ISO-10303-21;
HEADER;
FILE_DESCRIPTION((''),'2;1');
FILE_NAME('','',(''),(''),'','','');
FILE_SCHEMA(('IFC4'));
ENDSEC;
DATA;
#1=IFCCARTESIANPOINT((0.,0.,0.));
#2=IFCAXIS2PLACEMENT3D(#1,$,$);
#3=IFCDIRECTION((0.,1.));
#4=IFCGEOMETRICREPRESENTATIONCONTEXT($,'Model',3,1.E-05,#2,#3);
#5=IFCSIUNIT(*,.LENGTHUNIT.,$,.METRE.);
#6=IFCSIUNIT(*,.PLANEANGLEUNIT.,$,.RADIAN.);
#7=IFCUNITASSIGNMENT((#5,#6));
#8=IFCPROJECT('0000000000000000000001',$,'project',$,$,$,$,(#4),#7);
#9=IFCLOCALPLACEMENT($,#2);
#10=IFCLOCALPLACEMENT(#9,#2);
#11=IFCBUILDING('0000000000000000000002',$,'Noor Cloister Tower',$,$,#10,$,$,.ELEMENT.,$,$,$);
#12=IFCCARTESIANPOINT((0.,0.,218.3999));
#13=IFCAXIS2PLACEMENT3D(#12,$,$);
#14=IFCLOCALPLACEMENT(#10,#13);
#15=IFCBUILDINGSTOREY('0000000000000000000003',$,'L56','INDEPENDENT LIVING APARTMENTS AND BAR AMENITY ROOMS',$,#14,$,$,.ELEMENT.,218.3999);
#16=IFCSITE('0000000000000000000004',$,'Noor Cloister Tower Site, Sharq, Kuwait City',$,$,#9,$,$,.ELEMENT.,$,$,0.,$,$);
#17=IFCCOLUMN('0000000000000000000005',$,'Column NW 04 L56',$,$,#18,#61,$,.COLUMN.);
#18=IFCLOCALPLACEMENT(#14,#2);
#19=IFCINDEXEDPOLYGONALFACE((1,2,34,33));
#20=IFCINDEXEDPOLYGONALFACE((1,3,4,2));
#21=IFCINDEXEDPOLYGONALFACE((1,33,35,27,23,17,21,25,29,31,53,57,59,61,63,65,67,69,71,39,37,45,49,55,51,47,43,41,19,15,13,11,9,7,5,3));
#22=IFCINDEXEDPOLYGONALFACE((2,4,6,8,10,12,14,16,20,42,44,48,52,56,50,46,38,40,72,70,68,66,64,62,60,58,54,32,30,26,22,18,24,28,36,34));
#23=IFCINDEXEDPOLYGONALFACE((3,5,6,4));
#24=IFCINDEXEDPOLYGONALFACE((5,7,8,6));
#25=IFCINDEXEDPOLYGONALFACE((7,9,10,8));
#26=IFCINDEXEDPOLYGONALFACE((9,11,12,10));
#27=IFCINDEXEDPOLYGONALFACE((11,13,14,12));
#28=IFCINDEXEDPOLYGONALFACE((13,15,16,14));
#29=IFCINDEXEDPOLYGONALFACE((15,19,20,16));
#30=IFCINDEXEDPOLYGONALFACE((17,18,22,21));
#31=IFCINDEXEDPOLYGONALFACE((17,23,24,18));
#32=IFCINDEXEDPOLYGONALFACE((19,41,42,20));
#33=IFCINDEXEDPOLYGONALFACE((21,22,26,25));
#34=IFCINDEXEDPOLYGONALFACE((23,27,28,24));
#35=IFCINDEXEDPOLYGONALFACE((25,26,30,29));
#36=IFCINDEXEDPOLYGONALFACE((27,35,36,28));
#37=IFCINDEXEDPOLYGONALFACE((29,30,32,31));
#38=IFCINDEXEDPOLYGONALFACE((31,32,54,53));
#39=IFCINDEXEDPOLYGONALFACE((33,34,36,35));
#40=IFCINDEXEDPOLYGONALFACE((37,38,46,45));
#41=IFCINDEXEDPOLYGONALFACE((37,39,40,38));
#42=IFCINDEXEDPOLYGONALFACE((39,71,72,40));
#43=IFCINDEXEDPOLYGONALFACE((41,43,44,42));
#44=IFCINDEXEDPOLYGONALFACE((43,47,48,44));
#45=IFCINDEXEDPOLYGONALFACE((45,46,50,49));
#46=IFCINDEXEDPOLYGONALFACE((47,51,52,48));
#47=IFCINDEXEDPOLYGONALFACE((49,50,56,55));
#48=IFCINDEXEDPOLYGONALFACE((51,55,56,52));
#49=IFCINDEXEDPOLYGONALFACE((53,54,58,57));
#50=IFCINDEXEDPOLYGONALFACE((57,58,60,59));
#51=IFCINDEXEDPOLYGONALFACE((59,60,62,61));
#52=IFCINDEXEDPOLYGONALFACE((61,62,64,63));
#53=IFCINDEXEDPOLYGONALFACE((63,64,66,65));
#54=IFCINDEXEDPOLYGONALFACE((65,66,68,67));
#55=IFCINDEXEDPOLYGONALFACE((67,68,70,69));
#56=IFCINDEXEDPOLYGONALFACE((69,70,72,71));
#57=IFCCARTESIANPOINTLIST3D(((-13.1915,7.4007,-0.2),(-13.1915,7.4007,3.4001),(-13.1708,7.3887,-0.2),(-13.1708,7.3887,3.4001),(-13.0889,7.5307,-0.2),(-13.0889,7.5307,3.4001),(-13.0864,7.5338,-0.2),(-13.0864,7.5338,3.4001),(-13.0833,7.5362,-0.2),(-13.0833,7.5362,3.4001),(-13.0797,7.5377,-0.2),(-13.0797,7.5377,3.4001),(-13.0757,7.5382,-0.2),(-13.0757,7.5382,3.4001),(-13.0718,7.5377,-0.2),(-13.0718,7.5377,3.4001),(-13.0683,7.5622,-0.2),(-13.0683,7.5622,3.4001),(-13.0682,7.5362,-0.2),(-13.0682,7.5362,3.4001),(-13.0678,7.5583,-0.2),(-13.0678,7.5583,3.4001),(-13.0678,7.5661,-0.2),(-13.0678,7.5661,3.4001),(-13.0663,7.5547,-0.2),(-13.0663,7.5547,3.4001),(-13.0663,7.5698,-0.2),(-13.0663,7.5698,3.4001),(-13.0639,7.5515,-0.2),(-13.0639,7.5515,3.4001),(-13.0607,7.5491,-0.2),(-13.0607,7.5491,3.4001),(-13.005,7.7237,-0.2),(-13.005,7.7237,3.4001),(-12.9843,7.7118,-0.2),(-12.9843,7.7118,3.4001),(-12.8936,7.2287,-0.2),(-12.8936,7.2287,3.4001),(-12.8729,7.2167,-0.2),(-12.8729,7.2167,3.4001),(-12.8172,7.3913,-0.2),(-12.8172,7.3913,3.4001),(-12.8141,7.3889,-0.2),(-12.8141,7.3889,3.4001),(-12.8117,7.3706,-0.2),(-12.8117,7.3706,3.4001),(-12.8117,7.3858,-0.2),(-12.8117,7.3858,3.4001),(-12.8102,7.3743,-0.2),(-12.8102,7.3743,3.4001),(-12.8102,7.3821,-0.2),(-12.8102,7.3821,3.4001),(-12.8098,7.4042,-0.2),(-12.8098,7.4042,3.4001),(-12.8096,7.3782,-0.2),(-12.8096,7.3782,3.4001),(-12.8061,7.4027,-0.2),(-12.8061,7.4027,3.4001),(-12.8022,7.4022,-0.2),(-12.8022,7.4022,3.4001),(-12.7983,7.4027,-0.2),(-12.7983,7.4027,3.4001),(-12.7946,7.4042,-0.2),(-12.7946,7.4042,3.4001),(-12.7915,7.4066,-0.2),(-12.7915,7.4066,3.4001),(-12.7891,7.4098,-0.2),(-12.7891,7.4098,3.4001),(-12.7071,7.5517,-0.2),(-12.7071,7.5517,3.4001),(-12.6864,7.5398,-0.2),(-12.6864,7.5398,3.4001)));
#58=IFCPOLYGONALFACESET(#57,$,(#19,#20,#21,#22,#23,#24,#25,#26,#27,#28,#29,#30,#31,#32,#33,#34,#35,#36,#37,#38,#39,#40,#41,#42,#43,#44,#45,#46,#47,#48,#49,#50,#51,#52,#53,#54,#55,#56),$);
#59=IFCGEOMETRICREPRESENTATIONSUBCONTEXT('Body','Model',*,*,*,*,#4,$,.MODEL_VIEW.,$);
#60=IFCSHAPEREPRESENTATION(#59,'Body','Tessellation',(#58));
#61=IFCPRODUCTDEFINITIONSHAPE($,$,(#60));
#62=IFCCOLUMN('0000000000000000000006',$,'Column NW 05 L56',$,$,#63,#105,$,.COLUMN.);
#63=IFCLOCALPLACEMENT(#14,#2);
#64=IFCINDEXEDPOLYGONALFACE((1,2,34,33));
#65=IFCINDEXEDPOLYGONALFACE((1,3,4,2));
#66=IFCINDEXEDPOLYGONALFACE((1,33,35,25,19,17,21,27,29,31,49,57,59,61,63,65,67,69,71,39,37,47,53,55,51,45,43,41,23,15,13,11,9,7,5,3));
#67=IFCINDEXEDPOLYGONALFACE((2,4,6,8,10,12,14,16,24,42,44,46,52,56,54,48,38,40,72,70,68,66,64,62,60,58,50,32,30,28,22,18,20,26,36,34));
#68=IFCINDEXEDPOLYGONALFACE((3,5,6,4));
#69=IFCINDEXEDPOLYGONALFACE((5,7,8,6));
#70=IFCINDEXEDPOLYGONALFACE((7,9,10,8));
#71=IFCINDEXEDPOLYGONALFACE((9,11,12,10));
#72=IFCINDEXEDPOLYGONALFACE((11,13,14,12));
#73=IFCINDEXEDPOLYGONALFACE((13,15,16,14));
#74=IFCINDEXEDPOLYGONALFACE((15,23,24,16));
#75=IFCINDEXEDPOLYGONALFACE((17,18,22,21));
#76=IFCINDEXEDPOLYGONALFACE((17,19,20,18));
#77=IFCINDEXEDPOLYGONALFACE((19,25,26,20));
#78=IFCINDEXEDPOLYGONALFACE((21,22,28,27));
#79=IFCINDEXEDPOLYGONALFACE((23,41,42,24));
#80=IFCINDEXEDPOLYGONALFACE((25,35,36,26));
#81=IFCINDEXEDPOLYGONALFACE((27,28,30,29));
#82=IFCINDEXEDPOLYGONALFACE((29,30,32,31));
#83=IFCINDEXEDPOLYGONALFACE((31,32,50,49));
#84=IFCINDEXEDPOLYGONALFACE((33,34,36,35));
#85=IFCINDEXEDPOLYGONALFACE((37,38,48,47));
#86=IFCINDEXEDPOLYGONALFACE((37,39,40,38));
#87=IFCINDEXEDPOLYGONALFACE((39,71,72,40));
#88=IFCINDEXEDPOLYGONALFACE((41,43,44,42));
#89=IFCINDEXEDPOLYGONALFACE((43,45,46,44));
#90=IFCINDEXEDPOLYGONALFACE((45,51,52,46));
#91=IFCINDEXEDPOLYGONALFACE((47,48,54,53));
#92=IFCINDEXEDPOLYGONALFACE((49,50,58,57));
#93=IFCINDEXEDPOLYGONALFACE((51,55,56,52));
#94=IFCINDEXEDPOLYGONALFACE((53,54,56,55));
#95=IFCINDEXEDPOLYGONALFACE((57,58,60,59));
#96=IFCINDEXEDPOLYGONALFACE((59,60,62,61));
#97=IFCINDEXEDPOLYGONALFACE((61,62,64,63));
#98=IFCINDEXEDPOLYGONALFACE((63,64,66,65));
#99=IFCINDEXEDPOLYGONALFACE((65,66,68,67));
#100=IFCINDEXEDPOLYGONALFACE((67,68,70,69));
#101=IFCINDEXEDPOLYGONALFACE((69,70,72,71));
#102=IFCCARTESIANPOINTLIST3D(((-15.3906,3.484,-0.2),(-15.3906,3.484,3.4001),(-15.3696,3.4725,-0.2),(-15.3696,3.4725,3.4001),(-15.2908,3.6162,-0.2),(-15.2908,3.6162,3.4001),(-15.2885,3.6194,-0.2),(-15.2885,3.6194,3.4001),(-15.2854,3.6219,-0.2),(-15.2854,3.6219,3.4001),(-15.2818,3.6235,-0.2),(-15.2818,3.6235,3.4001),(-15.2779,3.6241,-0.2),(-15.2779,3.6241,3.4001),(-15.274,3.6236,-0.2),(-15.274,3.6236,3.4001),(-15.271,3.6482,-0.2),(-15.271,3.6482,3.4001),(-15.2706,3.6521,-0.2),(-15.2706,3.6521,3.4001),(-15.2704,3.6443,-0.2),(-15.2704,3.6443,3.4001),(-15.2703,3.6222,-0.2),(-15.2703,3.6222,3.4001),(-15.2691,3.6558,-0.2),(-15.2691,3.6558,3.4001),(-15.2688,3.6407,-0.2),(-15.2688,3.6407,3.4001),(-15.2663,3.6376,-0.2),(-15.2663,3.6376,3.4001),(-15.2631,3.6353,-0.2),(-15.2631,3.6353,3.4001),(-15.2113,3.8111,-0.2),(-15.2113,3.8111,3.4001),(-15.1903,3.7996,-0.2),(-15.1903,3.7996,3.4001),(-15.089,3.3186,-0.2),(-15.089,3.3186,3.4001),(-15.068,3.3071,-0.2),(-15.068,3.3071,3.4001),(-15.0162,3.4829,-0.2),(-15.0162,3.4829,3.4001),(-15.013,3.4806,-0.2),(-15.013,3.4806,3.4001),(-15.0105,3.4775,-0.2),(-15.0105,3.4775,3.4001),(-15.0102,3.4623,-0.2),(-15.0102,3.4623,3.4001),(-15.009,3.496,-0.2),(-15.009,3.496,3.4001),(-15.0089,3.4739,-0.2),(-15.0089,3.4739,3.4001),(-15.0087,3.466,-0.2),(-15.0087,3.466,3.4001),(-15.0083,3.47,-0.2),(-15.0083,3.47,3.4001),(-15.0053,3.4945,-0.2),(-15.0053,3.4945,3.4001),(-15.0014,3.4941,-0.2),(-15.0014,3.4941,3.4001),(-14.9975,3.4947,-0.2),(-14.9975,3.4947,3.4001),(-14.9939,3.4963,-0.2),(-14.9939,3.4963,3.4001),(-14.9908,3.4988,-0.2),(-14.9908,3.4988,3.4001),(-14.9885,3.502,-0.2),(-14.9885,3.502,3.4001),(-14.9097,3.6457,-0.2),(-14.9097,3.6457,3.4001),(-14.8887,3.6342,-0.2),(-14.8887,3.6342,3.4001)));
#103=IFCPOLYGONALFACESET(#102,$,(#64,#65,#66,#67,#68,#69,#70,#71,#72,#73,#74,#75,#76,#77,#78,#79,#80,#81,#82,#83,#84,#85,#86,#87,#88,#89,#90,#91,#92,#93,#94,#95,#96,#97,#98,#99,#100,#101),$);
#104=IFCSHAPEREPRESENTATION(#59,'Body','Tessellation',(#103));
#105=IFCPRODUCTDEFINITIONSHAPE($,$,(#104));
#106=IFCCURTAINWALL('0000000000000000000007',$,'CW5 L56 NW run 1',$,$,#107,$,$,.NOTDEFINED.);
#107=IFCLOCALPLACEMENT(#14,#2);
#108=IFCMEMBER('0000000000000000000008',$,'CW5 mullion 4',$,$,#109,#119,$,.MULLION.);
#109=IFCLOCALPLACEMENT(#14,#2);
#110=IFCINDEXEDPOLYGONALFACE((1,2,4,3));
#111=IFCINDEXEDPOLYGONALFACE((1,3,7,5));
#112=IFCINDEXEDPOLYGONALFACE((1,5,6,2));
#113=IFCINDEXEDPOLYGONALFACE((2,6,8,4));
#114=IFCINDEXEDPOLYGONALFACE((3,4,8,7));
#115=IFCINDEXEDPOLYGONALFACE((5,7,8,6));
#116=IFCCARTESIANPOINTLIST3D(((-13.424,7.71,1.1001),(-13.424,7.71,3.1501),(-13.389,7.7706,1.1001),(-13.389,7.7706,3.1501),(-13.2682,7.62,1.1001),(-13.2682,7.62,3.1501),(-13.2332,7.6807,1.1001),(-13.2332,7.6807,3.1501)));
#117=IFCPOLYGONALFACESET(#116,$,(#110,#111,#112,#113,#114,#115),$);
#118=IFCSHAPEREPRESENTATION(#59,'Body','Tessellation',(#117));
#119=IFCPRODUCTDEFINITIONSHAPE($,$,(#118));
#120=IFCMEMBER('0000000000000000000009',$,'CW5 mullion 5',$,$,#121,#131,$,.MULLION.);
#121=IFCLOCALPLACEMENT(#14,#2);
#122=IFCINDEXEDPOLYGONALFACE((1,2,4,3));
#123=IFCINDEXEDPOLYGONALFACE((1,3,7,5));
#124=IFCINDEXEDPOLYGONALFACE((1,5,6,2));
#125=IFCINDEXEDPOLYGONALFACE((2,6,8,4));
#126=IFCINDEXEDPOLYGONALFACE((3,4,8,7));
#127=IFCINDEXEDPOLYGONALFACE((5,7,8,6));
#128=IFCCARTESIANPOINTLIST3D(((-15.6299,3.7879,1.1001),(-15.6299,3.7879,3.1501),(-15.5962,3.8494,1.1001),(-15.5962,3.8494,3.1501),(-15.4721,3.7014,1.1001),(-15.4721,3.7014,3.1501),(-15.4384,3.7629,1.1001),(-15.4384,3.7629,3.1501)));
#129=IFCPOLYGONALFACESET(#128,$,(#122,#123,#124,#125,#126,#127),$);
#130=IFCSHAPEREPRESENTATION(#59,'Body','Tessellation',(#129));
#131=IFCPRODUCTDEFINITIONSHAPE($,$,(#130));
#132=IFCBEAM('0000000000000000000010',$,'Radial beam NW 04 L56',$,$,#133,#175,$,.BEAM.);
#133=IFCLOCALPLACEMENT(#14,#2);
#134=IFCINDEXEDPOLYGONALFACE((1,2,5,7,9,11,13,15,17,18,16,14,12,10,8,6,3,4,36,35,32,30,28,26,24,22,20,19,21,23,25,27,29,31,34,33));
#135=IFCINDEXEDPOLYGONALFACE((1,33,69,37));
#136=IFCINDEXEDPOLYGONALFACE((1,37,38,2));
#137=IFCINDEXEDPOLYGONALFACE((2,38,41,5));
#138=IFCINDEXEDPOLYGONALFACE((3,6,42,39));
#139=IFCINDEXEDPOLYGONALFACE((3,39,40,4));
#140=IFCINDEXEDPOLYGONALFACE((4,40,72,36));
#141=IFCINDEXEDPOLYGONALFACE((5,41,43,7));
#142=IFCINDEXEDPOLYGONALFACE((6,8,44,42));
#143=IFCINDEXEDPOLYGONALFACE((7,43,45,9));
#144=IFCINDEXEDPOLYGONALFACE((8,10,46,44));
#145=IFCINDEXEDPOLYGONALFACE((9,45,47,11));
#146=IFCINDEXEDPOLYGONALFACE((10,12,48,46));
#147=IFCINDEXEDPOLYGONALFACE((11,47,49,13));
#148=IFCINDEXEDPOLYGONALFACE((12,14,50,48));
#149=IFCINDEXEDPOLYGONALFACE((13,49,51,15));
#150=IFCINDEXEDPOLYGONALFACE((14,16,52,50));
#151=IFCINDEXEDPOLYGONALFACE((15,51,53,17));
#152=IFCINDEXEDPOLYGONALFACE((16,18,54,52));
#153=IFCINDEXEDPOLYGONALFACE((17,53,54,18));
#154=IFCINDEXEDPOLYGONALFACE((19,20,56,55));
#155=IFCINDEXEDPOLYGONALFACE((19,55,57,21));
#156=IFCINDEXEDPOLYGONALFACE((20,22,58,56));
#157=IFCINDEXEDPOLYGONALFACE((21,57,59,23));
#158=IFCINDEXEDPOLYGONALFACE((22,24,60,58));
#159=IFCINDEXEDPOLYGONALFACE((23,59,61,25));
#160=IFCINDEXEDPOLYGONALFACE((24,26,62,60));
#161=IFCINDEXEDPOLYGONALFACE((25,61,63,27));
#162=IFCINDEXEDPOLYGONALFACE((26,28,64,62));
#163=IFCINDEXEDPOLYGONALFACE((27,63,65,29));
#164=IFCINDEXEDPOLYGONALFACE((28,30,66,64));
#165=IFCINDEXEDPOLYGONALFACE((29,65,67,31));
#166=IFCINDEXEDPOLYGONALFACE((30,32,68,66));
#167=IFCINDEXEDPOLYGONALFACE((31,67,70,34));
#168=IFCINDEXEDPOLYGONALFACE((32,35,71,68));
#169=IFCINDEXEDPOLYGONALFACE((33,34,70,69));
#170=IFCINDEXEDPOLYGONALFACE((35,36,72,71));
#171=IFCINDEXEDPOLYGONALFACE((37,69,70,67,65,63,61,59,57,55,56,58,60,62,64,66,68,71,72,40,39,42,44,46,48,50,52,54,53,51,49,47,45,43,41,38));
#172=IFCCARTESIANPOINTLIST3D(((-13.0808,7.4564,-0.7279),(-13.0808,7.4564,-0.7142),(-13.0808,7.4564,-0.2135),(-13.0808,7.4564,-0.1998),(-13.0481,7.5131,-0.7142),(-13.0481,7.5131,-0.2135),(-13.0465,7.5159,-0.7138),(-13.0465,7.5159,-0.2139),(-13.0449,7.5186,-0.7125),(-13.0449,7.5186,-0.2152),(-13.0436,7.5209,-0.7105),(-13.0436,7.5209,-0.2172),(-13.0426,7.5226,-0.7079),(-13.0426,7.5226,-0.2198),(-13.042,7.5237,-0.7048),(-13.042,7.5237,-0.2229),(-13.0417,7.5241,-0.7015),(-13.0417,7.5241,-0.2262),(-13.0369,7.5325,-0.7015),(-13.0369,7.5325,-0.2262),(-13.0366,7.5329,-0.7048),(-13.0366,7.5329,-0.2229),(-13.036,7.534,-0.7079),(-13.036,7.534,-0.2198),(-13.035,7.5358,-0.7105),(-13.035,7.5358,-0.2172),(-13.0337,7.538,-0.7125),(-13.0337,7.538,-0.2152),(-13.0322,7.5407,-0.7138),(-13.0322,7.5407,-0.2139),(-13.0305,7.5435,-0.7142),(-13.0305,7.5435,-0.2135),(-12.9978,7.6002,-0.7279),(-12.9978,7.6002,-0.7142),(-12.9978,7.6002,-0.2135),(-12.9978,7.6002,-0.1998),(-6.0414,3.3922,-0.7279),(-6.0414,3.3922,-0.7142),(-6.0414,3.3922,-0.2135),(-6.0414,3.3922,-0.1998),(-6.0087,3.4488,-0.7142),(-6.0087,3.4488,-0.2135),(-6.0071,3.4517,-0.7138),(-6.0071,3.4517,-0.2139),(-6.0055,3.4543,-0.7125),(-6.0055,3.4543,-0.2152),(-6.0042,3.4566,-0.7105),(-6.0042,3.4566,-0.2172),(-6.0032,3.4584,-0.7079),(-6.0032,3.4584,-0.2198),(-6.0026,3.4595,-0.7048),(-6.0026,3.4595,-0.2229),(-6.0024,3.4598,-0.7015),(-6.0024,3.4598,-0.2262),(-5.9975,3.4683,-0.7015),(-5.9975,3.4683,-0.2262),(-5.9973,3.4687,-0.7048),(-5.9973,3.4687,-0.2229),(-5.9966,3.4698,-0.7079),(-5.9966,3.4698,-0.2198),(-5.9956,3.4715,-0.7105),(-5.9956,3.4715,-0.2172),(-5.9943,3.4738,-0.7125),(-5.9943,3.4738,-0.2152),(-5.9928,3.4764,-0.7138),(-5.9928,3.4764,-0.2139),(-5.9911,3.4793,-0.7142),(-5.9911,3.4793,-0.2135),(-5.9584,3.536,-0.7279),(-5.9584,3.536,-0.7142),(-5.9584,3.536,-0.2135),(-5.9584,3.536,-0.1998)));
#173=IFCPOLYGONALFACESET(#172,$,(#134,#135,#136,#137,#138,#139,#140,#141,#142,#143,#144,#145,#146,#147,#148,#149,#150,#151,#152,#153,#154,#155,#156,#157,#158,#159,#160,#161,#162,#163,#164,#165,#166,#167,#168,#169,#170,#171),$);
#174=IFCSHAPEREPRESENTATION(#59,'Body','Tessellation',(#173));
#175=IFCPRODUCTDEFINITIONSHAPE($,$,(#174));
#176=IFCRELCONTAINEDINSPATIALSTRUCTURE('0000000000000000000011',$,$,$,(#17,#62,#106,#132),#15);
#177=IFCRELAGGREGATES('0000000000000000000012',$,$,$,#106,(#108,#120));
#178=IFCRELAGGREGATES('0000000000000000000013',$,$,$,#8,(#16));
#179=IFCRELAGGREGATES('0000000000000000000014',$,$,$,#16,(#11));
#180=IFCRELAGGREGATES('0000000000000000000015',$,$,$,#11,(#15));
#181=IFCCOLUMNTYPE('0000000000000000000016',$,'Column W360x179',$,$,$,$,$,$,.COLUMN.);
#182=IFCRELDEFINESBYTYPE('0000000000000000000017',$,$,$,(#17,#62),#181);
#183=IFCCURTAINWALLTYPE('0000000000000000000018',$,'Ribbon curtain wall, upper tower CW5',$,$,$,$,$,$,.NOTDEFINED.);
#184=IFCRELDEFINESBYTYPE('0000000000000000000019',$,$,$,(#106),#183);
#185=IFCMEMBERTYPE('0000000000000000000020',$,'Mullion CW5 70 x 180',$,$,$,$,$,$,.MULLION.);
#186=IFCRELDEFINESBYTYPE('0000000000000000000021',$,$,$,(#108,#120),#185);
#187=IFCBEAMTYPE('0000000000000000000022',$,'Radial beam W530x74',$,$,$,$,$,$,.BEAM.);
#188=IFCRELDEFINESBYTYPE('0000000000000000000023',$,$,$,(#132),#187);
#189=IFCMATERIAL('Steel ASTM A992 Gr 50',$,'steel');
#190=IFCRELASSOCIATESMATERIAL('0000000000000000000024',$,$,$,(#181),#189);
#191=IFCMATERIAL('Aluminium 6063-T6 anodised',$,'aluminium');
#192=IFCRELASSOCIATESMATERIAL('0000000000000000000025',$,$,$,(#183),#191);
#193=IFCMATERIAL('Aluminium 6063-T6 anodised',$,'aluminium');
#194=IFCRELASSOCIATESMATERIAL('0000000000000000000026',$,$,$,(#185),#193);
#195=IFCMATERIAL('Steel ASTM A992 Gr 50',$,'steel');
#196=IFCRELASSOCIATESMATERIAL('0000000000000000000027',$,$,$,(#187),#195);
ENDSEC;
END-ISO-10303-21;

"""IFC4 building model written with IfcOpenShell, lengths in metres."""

from ifc_helpers import new_model, si_unit, direction, frame, origin, origin_2d, place, context, subcontext, project, spatial, rectangle, i_section, extrude, material, material_profile, profile_set, type_object, element, aggregate, save


model = new_model("IFC4")

# Units and contexts
model_context = context("Model", 3, precision=1e-05, world=origin(), true_north=direction((0.0, 1.0)))
body_context = subcontext(model_context, "Body", "Model", "MODEL_VIEW")
ifc_project = project(units=[si_unit("LENGTHUNIT", "METRE"), si_unit("PLANEANGLEUNIT", "RADIAN")], contexts=[model_context])

# Site, building, storey
site_placement = place(None, origin())
site = spatial("IfcSite", under=ifc_project, at=site_placement, Name="Noor Cloister Tower Site, Sharq, Kuwait City", CompositionType="ELEMENT", RefElevation=0.0)
building_placement = place(site_placement, origin())
building = spatial("IfcBuilding", under=site, at=building_placement, Name="Noor Cloister Tower", CompositionType="ELEMENT")
storey_placement = place(building_placement, frame((0.0, 0.0, 218.3999)))
storey = spatial("IfcBuildingStorey", under=building, at=storey_placement, Name="L56", Description="INDEPENDENT LIVING APARTMENTS AND BAR AMENITY ROOMS", CompositionType="ELEMENT", Elevation=218.3999)

# Columns
ifc_material_1 = material(Name="Steel ASTM A992 Gr 50", Category="steel")
ifc_material_profile_1 = material_profile(ifc_material_1, i_section(OverallWidth=0.373, OverallDepth=0.3679, WebThickness=0.0149, FlangeThickness=0.0239, FilletRadius=0.0151, at=origin_2d()), Name="W360x179")
ifc_profile_set_1 = profile_set([ifc_material_profile_1], Name="Steel ASTM A992 Gr 50")
column_type = type_object("IfcColumnType", Name="Column W360x179", PredefinedType="COLUMN", material=ifc_profile_set_1)
for number, where, z_axis, x_axis, name in (
    (1, (-12.939, 7.4702, -0.2), (0.0, 0.0, 1.0), (-0.5, -0.866025, 0.0), "Column NW 04 L56"),
    (2, (-15.1396, 3.5591, -0.2), (0.0, 0.0, 1.0), (-0.480711, -0.876879, 0.0), "Column NW 05 L56"),
):
    element("IfcColumn", number, at=place(storey_placement, frame(where, z_axis=z_axis, x_axis=x_axis)), inside=storey, type_object=column_type, Name=name, PredefinedType="COLUMN", context=body_context, shape_type="SweptSolid", body=[
        extrude(i_section(OverallWidth=0.373, OverallDepth=0.3679, WebThickness=0.0149, FlangeThickness=0.0239, FilletRadius=0.0151, at=origin_2d()), origin(), (0.0, 0.0, 1.0), 3.6001),
    ])

# Curtain wall, members
ifc_material_2 = material(Name="Aluminium 6063-T6 anodised", Category="aluminium")
curtain_wall_type = type_object("IfcCurtainWallType", Name="Ribbon curtain wall, upper tower CW5", PredefinedType="NOTDEFINED", material=ifc_material_2)
curtain_wall_placement = place(storey_placement, origin())
curtain_wall = element("IfcCurtainWall", 3, at=curtain_wall_placement, inside=storey, type_object=curtain_wall_type, Name="CW5 L56 NW run 1", PredefinedType="NOTDEFINED")
ifc_material_3 = material(Name="Aluminium 6063-T6 anodised", Category="aluminium")
ifc_material_profile_2 = material_profile(ifc_material_3, rectangle(XDim=0.1799, YDim=0.0701, at=origin_2d()), Name="180 x 70 mullion")
ifc_profile_set_2 = profile_set([ifc_material_profile_2], Name="Aluminium 6063-T6 anodised")
member_type = type_object("IfcMemberType", Name="Mullion CW5 70 x 180", PredefinedType="MULLION", material=ifc_profile_set_2)
member_1_placement = place(storey_placement, frame((-13.3286, 7.6953, 1.1001), z_axis=(0.0, 0.0, 1.0), x_axis=(0.866025, -0.5, 0.0)))
member_1 = element("IfcMember", 4, at=member_1_placement, type_object=member_type, Name="CW5 mullion 4", PredefinedType="MULLION", context=body_context, shape_type="SweptSolid", body=[
    extrude(rectangle(XDim=0.1799, YDim=0.0701, at=origin_2d()), origin(), (0.0, 0.0, 1.0), 2.05),
])
member_2_placement = place(storey_placement, frame((-15.5342, 3.7754, 1.1001), z_axis=(0.0, 0.0, 1.0), x_axis=(0.876879, -0.480711, 0.0)))
member_2 = element("IfcMember", 5, at=member_2_placement, type_object=member_type, Name="CW5 mullion 5", PredefinedType="MULLION", context=body_context, shape_type="SweptSolid", body=[
    extrude(rectangle(XDim=0.1799, YDim=0.0701, at=origin_2d()), origin(), (0.0, 0.0, 1.0), 2.05),
])

# Beam
ifc_material_4 = material(Name="Steel ASTM A992 Gr 50", Category="steel")
ifc_material_profile_3 = material_profile(ifc_material_4, i_section(OverallWidth=0.166, OverallDepth=0.5281, WebThickness=0.0098, FlangeThickness=0.0137, FilletRadius=0.0127, at=origin_2d()), Name="W530x74")
ifc_profile_set_3 = profile_set([ifc_material_profile_3], Name="Steel ASTM A992 Gr 50")
beam_type_1 = type_object("IfcBeamType", Name="Radial beam W530x74", PredefinedType="BEAM", material=ifc_profile_set_3)
beam_1_placement = place(storey_placement, frame((-13.0393, 7.5283, -0.4639), z_axis=(0.866022, -0.500006, 0.0), x_axis=(0.500006, 0.866022, 0.0)))
element("IfcBeam", 6, at=beam_1_placement, inside=storey, type_object=beam_type_1, Name="Radial beam NW 04 L56", PredefinedType="BEAM", context=body_context, shape_type="SweptSolid", body=[
    extrude(i_section(OverallWidth=0.166, OverallDepth=0.5281, WebThickness=0.0098, FlangeThickness=0.0137, FilletRadius=0.0127, at=origin_2d()), origin(), (0.0, 0.0, 1.0), 8.1284),
])

aggregate(curtain_wall, [member_1, member_2])

save(model, "model.ifc")
